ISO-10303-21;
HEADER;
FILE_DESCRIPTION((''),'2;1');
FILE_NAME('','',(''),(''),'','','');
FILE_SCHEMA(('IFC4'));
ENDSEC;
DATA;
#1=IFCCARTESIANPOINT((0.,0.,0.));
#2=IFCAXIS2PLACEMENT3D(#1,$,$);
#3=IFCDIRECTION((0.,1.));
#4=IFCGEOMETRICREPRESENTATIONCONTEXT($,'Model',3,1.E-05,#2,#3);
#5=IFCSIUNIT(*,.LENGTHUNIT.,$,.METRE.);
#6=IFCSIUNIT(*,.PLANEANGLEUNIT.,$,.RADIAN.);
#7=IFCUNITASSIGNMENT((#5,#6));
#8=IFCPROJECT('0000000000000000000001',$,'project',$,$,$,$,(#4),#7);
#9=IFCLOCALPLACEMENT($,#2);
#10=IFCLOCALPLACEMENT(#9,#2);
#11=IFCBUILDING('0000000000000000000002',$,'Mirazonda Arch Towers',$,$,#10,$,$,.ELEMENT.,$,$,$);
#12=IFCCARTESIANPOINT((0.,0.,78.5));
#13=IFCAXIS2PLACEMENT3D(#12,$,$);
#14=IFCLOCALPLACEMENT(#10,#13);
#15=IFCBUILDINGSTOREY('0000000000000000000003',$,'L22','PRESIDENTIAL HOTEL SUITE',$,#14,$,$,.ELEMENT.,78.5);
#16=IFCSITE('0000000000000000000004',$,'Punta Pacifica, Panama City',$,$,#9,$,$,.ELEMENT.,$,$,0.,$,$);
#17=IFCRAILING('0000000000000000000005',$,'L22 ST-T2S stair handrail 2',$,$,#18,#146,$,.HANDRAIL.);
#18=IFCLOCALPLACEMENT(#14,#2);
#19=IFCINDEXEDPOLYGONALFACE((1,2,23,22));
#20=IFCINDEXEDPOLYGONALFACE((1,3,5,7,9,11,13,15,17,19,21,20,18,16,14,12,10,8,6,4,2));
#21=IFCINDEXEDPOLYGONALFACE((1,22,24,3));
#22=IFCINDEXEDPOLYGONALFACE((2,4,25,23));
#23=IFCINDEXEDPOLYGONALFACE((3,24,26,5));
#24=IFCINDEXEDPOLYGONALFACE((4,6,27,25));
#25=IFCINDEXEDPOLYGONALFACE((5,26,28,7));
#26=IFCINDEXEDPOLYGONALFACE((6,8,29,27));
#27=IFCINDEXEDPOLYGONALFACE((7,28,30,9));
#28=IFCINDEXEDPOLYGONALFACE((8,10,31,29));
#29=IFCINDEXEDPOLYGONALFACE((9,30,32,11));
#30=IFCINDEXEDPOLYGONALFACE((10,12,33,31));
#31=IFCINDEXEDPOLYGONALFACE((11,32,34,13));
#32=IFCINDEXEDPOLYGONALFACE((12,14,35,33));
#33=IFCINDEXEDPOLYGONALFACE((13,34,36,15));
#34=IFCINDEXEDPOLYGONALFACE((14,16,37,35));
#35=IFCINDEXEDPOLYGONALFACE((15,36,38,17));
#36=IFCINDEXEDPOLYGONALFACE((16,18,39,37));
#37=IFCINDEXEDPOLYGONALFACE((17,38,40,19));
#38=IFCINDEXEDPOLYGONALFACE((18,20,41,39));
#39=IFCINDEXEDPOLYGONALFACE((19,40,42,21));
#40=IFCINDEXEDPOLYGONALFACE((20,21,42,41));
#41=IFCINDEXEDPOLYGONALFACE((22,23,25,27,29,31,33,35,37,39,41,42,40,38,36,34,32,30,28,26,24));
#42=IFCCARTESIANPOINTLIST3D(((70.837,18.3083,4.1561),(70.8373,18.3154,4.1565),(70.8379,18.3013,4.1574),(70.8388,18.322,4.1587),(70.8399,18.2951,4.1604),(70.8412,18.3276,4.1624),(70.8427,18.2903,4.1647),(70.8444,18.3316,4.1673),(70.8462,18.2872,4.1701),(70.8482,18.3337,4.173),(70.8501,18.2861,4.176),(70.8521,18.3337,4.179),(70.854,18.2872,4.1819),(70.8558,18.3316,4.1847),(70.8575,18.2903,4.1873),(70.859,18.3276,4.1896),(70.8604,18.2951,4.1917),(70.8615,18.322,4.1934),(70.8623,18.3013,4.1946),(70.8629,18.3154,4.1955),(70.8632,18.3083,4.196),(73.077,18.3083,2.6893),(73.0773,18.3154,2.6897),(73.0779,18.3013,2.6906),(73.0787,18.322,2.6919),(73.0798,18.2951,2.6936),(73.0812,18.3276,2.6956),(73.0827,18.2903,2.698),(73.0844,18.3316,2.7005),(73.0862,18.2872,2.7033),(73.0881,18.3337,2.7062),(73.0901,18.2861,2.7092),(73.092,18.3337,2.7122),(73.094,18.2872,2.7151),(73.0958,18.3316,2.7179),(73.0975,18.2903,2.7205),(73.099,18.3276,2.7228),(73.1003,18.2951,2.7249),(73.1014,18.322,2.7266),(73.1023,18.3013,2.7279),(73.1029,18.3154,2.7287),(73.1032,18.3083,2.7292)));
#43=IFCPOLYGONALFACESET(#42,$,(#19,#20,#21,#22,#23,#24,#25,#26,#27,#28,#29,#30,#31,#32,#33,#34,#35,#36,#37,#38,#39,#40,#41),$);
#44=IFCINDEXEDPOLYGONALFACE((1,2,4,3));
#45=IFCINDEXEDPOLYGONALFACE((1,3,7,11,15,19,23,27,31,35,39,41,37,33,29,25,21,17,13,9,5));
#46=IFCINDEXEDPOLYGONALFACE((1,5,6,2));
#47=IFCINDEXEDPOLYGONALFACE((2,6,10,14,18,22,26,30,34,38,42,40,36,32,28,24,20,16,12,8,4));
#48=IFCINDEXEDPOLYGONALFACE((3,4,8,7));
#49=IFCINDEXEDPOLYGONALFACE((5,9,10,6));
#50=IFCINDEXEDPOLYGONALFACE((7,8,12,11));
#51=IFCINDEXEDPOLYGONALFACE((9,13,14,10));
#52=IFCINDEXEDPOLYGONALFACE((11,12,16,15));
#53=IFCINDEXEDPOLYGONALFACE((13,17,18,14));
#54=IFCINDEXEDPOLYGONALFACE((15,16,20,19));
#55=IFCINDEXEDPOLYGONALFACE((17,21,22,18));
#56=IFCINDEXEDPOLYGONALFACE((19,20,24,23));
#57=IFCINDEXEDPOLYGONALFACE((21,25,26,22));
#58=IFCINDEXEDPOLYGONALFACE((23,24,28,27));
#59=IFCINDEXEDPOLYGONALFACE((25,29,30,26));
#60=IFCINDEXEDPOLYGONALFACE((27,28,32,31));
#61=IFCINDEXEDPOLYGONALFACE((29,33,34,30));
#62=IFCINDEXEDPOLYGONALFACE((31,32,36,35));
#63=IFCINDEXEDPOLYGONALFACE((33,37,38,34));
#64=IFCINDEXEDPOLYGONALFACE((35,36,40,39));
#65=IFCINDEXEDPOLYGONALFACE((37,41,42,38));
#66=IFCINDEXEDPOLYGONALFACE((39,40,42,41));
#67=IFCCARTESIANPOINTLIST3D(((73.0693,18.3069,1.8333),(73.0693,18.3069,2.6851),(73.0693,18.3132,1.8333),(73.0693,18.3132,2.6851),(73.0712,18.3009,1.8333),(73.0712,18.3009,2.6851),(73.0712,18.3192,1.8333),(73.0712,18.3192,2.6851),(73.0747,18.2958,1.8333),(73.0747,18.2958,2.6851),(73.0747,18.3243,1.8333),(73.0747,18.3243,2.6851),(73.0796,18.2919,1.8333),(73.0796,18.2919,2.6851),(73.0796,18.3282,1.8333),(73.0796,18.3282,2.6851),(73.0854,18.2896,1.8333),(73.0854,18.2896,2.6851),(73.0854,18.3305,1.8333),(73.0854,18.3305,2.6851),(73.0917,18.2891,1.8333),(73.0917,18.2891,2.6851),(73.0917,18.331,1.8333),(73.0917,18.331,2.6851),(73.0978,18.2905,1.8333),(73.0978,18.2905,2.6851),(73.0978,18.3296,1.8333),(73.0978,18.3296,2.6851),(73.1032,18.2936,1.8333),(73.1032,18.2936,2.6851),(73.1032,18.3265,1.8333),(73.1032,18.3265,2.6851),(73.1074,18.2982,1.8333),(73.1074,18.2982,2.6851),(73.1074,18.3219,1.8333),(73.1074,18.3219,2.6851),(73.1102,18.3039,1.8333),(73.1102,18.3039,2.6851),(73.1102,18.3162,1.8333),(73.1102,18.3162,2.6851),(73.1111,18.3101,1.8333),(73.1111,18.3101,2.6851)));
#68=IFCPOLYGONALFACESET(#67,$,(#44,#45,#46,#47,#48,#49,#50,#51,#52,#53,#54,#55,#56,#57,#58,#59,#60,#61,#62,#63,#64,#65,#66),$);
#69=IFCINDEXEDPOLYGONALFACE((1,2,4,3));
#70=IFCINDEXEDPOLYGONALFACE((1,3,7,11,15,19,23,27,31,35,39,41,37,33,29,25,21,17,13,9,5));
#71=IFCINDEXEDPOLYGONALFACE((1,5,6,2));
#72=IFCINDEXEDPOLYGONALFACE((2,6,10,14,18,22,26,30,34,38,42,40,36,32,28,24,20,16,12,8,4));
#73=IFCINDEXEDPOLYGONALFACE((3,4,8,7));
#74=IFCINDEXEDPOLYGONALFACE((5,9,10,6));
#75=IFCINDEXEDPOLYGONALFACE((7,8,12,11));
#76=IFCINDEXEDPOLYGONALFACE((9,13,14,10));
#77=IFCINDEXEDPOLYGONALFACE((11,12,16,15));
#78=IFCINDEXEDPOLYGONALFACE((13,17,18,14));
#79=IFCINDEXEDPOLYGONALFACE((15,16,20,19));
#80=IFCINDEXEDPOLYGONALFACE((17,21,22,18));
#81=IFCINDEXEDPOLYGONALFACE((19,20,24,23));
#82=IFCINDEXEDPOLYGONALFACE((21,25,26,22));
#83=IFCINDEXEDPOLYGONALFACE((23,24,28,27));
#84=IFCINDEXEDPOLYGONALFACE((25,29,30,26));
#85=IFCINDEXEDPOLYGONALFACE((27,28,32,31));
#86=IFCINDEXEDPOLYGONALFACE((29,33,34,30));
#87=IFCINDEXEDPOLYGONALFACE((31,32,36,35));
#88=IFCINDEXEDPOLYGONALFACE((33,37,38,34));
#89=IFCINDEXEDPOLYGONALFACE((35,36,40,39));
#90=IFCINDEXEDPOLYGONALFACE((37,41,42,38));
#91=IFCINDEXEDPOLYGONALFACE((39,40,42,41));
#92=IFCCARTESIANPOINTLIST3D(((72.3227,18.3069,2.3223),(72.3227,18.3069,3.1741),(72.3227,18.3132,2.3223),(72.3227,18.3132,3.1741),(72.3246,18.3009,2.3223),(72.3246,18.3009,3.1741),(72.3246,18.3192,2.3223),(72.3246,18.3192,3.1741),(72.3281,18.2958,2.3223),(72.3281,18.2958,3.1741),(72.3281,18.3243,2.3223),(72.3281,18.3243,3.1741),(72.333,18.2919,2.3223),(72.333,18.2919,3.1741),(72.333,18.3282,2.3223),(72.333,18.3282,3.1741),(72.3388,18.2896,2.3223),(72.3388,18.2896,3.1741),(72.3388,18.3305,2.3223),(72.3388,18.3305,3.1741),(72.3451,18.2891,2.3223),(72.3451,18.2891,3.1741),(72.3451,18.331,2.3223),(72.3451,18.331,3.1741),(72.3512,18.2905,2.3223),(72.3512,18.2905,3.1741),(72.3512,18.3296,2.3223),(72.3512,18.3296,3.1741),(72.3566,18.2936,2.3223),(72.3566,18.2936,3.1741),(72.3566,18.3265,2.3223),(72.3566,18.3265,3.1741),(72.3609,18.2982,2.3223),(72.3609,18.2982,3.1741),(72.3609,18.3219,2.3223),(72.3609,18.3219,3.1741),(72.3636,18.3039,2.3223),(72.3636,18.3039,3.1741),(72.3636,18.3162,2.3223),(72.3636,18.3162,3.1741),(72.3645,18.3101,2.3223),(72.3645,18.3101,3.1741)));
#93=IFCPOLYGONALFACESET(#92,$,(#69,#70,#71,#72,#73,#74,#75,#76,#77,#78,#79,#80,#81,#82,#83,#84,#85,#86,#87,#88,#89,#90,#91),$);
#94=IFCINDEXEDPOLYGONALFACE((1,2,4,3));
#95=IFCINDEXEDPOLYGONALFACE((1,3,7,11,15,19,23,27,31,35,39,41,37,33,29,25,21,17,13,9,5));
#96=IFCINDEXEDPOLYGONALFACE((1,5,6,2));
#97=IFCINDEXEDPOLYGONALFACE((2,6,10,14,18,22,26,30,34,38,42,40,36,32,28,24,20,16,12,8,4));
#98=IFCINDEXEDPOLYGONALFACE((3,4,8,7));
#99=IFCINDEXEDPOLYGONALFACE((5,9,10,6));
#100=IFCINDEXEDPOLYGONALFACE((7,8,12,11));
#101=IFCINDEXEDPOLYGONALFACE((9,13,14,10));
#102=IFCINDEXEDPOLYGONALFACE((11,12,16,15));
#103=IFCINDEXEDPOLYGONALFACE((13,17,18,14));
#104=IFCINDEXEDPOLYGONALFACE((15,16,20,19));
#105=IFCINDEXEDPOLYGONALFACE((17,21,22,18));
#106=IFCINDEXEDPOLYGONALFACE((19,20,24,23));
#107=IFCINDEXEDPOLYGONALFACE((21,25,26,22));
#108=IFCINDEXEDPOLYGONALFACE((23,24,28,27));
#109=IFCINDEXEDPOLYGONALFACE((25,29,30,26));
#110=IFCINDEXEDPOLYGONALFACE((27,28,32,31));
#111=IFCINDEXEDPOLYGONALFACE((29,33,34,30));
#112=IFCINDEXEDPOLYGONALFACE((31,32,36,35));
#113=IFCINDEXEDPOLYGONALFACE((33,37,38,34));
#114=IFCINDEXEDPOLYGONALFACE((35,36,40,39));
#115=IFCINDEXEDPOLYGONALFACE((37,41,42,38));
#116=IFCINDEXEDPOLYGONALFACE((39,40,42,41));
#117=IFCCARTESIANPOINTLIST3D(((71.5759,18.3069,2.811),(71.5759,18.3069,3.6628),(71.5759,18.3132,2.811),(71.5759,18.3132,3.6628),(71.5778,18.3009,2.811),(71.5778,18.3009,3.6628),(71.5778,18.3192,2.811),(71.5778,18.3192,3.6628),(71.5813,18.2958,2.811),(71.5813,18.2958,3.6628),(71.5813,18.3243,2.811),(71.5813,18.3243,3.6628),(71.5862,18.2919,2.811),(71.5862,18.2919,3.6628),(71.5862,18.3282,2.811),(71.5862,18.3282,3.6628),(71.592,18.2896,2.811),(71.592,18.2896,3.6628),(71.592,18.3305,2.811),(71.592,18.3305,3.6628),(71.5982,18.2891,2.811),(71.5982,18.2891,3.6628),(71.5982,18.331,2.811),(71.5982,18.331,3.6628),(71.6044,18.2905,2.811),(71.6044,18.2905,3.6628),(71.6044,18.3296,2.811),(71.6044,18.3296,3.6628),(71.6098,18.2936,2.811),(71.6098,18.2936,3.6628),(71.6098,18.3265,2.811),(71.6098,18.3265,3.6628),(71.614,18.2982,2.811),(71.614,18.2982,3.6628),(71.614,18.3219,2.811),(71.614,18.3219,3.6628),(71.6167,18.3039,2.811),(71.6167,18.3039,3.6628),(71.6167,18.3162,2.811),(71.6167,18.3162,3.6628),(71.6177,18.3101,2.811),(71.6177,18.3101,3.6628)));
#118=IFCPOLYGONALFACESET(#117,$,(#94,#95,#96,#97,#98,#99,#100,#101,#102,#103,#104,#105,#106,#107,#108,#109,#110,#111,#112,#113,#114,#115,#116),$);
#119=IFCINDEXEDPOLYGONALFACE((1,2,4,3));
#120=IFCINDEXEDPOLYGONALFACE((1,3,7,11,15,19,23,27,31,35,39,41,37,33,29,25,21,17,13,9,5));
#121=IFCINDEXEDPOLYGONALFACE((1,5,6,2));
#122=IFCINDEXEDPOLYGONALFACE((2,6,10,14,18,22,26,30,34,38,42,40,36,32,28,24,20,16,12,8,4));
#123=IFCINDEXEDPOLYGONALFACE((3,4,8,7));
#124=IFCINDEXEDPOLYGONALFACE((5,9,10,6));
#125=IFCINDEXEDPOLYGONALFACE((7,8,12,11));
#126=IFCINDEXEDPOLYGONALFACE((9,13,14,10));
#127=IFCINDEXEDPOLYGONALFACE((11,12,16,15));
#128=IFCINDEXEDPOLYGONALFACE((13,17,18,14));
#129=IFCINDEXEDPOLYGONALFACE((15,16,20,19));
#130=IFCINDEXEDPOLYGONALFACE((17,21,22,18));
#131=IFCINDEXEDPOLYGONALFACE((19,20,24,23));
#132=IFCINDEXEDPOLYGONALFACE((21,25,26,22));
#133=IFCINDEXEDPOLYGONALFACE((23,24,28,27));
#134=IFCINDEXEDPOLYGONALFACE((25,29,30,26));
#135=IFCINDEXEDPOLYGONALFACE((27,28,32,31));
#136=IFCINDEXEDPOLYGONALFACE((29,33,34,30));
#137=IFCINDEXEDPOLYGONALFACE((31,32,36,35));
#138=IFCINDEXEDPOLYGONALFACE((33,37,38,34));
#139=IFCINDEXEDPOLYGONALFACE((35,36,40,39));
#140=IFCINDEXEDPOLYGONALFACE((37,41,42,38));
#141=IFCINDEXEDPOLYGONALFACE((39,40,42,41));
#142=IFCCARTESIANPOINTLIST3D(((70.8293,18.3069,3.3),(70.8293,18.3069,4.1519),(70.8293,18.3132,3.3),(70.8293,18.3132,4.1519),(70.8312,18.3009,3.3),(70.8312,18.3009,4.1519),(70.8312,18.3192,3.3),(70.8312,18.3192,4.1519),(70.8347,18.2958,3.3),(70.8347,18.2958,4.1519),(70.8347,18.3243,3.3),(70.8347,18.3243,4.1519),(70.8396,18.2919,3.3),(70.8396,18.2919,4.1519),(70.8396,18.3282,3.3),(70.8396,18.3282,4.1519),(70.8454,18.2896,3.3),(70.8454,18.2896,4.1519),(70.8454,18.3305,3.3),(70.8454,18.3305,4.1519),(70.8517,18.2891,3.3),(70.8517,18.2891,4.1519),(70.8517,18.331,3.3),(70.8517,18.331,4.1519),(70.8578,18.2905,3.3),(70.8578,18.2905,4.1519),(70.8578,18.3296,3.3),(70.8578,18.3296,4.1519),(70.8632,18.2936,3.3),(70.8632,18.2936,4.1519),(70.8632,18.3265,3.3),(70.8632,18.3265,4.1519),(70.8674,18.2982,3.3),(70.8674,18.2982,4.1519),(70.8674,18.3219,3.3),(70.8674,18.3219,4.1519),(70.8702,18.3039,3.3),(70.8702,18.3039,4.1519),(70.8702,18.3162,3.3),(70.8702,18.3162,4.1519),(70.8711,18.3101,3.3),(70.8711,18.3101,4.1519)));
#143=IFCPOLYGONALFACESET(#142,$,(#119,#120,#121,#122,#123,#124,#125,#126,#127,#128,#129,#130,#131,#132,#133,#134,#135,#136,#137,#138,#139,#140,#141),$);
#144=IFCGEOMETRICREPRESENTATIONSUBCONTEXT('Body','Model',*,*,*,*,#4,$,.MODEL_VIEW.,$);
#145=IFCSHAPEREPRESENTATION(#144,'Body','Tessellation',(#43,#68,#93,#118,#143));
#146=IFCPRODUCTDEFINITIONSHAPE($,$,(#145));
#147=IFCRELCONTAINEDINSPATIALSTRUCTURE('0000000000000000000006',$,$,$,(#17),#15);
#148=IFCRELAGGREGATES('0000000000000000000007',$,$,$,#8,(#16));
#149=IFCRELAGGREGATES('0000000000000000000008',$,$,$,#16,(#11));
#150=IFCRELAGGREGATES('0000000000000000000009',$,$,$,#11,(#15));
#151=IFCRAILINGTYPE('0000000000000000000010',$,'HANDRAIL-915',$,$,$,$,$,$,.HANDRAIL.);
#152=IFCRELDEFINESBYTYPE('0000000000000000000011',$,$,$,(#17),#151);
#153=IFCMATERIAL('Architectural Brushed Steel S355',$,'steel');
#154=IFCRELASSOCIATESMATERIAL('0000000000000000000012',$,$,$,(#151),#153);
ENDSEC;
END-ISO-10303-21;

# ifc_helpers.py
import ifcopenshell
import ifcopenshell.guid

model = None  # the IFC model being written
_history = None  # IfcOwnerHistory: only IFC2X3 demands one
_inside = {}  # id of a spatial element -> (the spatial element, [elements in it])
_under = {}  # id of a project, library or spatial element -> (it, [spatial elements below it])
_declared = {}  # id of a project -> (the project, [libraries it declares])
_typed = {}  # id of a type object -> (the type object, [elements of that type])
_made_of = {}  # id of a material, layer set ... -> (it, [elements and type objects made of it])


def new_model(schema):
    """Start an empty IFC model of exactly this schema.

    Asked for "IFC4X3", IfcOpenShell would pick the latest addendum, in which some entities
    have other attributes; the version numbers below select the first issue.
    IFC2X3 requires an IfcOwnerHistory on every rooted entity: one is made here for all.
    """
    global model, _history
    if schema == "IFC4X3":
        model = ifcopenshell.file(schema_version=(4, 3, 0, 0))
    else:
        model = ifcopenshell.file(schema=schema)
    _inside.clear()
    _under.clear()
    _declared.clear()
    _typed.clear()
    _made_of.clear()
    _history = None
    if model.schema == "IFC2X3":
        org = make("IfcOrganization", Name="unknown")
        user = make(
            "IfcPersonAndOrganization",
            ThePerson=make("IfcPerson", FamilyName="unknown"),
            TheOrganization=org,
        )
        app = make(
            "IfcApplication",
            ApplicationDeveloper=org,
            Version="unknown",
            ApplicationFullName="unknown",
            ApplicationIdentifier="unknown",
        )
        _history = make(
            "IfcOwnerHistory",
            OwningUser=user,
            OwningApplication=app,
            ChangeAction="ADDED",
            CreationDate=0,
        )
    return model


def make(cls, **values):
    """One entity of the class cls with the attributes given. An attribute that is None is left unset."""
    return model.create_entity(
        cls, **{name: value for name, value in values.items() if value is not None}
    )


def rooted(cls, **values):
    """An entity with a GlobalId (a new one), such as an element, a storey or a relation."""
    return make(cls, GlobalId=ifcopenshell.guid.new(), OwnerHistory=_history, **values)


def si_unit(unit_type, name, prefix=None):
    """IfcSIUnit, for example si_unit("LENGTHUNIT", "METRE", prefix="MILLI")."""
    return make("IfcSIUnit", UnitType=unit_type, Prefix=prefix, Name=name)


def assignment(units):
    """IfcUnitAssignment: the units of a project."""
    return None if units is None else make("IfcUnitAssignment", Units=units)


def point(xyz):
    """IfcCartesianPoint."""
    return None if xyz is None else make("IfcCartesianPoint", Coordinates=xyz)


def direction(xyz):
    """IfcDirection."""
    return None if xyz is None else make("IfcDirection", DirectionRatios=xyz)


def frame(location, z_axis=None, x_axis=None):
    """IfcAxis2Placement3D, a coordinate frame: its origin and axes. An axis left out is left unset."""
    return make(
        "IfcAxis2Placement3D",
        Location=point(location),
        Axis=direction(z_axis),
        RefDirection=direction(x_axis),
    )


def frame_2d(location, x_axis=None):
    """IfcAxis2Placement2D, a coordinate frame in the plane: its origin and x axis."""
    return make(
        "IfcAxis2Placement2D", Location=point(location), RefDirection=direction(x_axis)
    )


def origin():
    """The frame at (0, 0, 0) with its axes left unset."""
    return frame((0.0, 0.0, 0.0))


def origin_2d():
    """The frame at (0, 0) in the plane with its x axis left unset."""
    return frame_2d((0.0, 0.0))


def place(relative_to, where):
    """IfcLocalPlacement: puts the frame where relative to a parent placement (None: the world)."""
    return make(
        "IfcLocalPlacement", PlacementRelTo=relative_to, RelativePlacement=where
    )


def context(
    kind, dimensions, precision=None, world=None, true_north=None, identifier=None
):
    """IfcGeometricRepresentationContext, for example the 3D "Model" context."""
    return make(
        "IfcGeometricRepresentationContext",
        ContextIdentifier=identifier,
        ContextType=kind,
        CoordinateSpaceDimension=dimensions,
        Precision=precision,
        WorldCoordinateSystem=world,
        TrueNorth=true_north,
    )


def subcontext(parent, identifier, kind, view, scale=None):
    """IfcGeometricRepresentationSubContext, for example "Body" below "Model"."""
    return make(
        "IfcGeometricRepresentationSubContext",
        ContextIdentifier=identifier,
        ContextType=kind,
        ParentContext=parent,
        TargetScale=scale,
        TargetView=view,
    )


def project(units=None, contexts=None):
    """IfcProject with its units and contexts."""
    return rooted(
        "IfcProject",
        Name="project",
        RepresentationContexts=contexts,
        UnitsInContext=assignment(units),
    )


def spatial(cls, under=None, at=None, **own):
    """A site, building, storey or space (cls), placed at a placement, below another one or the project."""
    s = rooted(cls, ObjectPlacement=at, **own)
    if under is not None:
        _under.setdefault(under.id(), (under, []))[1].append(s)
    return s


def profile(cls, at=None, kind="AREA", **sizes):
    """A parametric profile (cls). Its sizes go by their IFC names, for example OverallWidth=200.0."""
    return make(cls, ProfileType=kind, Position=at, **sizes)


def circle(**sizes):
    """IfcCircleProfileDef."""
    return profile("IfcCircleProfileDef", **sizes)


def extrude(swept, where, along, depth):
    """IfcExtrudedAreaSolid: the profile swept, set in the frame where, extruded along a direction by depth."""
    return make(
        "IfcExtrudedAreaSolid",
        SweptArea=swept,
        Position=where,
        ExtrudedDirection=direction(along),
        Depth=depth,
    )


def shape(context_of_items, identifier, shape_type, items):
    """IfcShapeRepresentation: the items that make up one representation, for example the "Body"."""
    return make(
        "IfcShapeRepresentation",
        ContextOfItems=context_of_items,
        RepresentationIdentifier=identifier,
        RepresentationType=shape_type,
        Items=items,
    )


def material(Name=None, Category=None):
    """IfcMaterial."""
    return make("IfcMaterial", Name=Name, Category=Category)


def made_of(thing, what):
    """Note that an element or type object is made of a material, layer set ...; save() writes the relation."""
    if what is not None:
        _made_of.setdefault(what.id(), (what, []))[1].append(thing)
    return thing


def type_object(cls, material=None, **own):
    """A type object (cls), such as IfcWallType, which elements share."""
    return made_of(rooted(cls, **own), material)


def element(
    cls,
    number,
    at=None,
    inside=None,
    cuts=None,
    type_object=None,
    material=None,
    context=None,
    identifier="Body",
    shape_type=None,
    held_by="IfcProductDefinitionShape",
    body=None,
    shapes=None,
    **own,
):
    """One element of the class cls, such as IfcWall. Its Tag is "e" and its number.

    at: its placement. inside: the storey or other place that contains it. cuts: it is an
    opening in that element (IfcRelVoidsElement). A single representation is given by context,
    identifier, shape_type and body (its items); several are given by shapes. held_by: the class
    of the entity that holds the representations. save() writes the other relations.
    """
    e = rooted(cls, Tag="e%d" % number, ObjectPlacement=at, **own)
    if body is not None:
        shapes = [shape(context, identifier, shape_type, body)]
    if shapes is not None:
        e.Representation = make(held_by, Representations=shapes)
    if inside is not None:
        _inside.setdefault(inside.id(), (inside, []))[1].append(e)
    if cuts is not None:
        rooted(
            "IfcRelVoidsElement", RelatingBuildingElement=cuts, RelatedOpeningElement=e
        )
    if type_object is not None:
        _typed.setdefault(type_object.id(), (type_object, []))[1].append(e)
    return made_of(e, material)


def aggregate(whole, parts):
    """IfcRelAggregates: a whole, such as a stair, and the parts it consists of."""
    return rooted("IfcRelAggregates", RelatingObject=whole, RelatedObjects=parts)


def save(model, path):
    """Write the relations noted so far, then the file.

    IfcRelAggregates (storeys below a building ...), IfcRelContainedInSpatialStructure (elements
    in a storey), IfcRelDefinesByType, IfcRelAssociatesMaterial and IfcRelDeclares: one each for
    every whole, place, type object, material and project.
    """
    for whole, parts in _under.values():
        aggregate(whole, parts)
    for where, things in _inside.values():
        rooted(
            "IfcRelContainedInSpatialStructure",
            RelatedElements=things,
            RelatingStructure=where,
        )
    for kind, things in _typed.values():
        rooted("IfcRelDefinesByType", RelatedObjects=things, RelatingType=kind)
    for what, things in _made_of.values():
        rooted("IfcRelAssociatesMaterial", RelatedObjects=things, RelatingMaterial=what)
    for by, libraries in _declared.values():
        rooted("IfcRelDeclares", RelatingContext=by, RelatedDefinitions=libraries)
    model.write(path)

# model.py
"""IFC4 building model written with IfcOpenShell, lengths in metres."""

from ifc_helpers import new_model, si_unit, direction, frame, origin, origin_2d, place, context, subcontext, project, spatial, circle, extrude, material, type_object, element, save


model = new_model("IFC4")

# Units and contexts
model_context = context("Model", 3, precision=1e-05, world=origin(), true_north=direction((0.0, 1.0)))
body_context = subcontext(model_context, "Body", "Model", "MODEL_VIEW")
ifc_project = project(units=[si_unit("LENGTHUNIT", "METRE"), si_unit("PLANEANGLEUNIT", "RADIAN")], contexts=[model_context])

# Site, building, storey
site_placement = place(None, origin())
site = spatial("IfcSite", under=ifc_project, at=site_placement, Name="Punta Pacifica, Panama City", CompositionType="ELEMENT", RefElevation=0.0)
building_placement = place(site_placement, origin())
building = spatial("IfcBuilding", under=site, at=building_placement, Name="Mirazonda Arch Towers", CompositionType="ELEMENT")
storey_placement = place(building_placement, frame((0.0, 0.0, 78.5)))
storey = spatial("IfcBuildingStorey", under=building, at=storey_placement, Name="L22", Description="PRESIDENTIAL HOTEL SUITE", CompositionType="ELEMENT", Elevation=78.5)

# Railing
ifc_material_1 = material(Name="Architectural Brushed Steel S355", Category="steel")
railing_type_1 = type_object("IfcRailingType", Name="HANDRAIL-915", PredefinedType="HANDRAIL", material=ifc_material_1)
railing_1_placement = place(storey_placement, frame((73.0901, 18.3101, 1.8333)))
element("IfcRailing", 1, at=railing_1_placement, inside=storey, type_object=railing_type_1, Name="L22 ST-T2S stair handrail 2", PredefinedType="HANDRAIL", context=body_context, shape_type="SweptSolid", body=[
    extrude(circle(Radius=0.0239, at=origin_2d()), frame((0.0, 0.0, 0.876), z_axis=(-0.836595, 0.0, 0.547822), x_axis=(0.0, -1.0, 0.0)), (0.0, 0.0, 1.0), 2.6775),
    extrude(circle(Radius=0.021, at=origin_2d()), origin(), (0.0, 0.0, 1.0), 0.8518),
    extrude(circle(Radius=0.021, at=origin_2d()), frame((-0.7466, 0.0, 0.489)), (0.0, 0.0, 1.0), 0.8518),
    extrude(circle(Radius=0.021, at=origin_2d()), frame((-1.4934, 0.0, 0.9778)), (0.0, 0.0, 1.0), 0.8518),
    extrude(circle(Radius=0.021, at=origin_2d()), frame((-2.24, 0.0, 1.4668)), (0.0, 0.0, 1.0), 0.8518),
])

save(model, "model.ifc")
